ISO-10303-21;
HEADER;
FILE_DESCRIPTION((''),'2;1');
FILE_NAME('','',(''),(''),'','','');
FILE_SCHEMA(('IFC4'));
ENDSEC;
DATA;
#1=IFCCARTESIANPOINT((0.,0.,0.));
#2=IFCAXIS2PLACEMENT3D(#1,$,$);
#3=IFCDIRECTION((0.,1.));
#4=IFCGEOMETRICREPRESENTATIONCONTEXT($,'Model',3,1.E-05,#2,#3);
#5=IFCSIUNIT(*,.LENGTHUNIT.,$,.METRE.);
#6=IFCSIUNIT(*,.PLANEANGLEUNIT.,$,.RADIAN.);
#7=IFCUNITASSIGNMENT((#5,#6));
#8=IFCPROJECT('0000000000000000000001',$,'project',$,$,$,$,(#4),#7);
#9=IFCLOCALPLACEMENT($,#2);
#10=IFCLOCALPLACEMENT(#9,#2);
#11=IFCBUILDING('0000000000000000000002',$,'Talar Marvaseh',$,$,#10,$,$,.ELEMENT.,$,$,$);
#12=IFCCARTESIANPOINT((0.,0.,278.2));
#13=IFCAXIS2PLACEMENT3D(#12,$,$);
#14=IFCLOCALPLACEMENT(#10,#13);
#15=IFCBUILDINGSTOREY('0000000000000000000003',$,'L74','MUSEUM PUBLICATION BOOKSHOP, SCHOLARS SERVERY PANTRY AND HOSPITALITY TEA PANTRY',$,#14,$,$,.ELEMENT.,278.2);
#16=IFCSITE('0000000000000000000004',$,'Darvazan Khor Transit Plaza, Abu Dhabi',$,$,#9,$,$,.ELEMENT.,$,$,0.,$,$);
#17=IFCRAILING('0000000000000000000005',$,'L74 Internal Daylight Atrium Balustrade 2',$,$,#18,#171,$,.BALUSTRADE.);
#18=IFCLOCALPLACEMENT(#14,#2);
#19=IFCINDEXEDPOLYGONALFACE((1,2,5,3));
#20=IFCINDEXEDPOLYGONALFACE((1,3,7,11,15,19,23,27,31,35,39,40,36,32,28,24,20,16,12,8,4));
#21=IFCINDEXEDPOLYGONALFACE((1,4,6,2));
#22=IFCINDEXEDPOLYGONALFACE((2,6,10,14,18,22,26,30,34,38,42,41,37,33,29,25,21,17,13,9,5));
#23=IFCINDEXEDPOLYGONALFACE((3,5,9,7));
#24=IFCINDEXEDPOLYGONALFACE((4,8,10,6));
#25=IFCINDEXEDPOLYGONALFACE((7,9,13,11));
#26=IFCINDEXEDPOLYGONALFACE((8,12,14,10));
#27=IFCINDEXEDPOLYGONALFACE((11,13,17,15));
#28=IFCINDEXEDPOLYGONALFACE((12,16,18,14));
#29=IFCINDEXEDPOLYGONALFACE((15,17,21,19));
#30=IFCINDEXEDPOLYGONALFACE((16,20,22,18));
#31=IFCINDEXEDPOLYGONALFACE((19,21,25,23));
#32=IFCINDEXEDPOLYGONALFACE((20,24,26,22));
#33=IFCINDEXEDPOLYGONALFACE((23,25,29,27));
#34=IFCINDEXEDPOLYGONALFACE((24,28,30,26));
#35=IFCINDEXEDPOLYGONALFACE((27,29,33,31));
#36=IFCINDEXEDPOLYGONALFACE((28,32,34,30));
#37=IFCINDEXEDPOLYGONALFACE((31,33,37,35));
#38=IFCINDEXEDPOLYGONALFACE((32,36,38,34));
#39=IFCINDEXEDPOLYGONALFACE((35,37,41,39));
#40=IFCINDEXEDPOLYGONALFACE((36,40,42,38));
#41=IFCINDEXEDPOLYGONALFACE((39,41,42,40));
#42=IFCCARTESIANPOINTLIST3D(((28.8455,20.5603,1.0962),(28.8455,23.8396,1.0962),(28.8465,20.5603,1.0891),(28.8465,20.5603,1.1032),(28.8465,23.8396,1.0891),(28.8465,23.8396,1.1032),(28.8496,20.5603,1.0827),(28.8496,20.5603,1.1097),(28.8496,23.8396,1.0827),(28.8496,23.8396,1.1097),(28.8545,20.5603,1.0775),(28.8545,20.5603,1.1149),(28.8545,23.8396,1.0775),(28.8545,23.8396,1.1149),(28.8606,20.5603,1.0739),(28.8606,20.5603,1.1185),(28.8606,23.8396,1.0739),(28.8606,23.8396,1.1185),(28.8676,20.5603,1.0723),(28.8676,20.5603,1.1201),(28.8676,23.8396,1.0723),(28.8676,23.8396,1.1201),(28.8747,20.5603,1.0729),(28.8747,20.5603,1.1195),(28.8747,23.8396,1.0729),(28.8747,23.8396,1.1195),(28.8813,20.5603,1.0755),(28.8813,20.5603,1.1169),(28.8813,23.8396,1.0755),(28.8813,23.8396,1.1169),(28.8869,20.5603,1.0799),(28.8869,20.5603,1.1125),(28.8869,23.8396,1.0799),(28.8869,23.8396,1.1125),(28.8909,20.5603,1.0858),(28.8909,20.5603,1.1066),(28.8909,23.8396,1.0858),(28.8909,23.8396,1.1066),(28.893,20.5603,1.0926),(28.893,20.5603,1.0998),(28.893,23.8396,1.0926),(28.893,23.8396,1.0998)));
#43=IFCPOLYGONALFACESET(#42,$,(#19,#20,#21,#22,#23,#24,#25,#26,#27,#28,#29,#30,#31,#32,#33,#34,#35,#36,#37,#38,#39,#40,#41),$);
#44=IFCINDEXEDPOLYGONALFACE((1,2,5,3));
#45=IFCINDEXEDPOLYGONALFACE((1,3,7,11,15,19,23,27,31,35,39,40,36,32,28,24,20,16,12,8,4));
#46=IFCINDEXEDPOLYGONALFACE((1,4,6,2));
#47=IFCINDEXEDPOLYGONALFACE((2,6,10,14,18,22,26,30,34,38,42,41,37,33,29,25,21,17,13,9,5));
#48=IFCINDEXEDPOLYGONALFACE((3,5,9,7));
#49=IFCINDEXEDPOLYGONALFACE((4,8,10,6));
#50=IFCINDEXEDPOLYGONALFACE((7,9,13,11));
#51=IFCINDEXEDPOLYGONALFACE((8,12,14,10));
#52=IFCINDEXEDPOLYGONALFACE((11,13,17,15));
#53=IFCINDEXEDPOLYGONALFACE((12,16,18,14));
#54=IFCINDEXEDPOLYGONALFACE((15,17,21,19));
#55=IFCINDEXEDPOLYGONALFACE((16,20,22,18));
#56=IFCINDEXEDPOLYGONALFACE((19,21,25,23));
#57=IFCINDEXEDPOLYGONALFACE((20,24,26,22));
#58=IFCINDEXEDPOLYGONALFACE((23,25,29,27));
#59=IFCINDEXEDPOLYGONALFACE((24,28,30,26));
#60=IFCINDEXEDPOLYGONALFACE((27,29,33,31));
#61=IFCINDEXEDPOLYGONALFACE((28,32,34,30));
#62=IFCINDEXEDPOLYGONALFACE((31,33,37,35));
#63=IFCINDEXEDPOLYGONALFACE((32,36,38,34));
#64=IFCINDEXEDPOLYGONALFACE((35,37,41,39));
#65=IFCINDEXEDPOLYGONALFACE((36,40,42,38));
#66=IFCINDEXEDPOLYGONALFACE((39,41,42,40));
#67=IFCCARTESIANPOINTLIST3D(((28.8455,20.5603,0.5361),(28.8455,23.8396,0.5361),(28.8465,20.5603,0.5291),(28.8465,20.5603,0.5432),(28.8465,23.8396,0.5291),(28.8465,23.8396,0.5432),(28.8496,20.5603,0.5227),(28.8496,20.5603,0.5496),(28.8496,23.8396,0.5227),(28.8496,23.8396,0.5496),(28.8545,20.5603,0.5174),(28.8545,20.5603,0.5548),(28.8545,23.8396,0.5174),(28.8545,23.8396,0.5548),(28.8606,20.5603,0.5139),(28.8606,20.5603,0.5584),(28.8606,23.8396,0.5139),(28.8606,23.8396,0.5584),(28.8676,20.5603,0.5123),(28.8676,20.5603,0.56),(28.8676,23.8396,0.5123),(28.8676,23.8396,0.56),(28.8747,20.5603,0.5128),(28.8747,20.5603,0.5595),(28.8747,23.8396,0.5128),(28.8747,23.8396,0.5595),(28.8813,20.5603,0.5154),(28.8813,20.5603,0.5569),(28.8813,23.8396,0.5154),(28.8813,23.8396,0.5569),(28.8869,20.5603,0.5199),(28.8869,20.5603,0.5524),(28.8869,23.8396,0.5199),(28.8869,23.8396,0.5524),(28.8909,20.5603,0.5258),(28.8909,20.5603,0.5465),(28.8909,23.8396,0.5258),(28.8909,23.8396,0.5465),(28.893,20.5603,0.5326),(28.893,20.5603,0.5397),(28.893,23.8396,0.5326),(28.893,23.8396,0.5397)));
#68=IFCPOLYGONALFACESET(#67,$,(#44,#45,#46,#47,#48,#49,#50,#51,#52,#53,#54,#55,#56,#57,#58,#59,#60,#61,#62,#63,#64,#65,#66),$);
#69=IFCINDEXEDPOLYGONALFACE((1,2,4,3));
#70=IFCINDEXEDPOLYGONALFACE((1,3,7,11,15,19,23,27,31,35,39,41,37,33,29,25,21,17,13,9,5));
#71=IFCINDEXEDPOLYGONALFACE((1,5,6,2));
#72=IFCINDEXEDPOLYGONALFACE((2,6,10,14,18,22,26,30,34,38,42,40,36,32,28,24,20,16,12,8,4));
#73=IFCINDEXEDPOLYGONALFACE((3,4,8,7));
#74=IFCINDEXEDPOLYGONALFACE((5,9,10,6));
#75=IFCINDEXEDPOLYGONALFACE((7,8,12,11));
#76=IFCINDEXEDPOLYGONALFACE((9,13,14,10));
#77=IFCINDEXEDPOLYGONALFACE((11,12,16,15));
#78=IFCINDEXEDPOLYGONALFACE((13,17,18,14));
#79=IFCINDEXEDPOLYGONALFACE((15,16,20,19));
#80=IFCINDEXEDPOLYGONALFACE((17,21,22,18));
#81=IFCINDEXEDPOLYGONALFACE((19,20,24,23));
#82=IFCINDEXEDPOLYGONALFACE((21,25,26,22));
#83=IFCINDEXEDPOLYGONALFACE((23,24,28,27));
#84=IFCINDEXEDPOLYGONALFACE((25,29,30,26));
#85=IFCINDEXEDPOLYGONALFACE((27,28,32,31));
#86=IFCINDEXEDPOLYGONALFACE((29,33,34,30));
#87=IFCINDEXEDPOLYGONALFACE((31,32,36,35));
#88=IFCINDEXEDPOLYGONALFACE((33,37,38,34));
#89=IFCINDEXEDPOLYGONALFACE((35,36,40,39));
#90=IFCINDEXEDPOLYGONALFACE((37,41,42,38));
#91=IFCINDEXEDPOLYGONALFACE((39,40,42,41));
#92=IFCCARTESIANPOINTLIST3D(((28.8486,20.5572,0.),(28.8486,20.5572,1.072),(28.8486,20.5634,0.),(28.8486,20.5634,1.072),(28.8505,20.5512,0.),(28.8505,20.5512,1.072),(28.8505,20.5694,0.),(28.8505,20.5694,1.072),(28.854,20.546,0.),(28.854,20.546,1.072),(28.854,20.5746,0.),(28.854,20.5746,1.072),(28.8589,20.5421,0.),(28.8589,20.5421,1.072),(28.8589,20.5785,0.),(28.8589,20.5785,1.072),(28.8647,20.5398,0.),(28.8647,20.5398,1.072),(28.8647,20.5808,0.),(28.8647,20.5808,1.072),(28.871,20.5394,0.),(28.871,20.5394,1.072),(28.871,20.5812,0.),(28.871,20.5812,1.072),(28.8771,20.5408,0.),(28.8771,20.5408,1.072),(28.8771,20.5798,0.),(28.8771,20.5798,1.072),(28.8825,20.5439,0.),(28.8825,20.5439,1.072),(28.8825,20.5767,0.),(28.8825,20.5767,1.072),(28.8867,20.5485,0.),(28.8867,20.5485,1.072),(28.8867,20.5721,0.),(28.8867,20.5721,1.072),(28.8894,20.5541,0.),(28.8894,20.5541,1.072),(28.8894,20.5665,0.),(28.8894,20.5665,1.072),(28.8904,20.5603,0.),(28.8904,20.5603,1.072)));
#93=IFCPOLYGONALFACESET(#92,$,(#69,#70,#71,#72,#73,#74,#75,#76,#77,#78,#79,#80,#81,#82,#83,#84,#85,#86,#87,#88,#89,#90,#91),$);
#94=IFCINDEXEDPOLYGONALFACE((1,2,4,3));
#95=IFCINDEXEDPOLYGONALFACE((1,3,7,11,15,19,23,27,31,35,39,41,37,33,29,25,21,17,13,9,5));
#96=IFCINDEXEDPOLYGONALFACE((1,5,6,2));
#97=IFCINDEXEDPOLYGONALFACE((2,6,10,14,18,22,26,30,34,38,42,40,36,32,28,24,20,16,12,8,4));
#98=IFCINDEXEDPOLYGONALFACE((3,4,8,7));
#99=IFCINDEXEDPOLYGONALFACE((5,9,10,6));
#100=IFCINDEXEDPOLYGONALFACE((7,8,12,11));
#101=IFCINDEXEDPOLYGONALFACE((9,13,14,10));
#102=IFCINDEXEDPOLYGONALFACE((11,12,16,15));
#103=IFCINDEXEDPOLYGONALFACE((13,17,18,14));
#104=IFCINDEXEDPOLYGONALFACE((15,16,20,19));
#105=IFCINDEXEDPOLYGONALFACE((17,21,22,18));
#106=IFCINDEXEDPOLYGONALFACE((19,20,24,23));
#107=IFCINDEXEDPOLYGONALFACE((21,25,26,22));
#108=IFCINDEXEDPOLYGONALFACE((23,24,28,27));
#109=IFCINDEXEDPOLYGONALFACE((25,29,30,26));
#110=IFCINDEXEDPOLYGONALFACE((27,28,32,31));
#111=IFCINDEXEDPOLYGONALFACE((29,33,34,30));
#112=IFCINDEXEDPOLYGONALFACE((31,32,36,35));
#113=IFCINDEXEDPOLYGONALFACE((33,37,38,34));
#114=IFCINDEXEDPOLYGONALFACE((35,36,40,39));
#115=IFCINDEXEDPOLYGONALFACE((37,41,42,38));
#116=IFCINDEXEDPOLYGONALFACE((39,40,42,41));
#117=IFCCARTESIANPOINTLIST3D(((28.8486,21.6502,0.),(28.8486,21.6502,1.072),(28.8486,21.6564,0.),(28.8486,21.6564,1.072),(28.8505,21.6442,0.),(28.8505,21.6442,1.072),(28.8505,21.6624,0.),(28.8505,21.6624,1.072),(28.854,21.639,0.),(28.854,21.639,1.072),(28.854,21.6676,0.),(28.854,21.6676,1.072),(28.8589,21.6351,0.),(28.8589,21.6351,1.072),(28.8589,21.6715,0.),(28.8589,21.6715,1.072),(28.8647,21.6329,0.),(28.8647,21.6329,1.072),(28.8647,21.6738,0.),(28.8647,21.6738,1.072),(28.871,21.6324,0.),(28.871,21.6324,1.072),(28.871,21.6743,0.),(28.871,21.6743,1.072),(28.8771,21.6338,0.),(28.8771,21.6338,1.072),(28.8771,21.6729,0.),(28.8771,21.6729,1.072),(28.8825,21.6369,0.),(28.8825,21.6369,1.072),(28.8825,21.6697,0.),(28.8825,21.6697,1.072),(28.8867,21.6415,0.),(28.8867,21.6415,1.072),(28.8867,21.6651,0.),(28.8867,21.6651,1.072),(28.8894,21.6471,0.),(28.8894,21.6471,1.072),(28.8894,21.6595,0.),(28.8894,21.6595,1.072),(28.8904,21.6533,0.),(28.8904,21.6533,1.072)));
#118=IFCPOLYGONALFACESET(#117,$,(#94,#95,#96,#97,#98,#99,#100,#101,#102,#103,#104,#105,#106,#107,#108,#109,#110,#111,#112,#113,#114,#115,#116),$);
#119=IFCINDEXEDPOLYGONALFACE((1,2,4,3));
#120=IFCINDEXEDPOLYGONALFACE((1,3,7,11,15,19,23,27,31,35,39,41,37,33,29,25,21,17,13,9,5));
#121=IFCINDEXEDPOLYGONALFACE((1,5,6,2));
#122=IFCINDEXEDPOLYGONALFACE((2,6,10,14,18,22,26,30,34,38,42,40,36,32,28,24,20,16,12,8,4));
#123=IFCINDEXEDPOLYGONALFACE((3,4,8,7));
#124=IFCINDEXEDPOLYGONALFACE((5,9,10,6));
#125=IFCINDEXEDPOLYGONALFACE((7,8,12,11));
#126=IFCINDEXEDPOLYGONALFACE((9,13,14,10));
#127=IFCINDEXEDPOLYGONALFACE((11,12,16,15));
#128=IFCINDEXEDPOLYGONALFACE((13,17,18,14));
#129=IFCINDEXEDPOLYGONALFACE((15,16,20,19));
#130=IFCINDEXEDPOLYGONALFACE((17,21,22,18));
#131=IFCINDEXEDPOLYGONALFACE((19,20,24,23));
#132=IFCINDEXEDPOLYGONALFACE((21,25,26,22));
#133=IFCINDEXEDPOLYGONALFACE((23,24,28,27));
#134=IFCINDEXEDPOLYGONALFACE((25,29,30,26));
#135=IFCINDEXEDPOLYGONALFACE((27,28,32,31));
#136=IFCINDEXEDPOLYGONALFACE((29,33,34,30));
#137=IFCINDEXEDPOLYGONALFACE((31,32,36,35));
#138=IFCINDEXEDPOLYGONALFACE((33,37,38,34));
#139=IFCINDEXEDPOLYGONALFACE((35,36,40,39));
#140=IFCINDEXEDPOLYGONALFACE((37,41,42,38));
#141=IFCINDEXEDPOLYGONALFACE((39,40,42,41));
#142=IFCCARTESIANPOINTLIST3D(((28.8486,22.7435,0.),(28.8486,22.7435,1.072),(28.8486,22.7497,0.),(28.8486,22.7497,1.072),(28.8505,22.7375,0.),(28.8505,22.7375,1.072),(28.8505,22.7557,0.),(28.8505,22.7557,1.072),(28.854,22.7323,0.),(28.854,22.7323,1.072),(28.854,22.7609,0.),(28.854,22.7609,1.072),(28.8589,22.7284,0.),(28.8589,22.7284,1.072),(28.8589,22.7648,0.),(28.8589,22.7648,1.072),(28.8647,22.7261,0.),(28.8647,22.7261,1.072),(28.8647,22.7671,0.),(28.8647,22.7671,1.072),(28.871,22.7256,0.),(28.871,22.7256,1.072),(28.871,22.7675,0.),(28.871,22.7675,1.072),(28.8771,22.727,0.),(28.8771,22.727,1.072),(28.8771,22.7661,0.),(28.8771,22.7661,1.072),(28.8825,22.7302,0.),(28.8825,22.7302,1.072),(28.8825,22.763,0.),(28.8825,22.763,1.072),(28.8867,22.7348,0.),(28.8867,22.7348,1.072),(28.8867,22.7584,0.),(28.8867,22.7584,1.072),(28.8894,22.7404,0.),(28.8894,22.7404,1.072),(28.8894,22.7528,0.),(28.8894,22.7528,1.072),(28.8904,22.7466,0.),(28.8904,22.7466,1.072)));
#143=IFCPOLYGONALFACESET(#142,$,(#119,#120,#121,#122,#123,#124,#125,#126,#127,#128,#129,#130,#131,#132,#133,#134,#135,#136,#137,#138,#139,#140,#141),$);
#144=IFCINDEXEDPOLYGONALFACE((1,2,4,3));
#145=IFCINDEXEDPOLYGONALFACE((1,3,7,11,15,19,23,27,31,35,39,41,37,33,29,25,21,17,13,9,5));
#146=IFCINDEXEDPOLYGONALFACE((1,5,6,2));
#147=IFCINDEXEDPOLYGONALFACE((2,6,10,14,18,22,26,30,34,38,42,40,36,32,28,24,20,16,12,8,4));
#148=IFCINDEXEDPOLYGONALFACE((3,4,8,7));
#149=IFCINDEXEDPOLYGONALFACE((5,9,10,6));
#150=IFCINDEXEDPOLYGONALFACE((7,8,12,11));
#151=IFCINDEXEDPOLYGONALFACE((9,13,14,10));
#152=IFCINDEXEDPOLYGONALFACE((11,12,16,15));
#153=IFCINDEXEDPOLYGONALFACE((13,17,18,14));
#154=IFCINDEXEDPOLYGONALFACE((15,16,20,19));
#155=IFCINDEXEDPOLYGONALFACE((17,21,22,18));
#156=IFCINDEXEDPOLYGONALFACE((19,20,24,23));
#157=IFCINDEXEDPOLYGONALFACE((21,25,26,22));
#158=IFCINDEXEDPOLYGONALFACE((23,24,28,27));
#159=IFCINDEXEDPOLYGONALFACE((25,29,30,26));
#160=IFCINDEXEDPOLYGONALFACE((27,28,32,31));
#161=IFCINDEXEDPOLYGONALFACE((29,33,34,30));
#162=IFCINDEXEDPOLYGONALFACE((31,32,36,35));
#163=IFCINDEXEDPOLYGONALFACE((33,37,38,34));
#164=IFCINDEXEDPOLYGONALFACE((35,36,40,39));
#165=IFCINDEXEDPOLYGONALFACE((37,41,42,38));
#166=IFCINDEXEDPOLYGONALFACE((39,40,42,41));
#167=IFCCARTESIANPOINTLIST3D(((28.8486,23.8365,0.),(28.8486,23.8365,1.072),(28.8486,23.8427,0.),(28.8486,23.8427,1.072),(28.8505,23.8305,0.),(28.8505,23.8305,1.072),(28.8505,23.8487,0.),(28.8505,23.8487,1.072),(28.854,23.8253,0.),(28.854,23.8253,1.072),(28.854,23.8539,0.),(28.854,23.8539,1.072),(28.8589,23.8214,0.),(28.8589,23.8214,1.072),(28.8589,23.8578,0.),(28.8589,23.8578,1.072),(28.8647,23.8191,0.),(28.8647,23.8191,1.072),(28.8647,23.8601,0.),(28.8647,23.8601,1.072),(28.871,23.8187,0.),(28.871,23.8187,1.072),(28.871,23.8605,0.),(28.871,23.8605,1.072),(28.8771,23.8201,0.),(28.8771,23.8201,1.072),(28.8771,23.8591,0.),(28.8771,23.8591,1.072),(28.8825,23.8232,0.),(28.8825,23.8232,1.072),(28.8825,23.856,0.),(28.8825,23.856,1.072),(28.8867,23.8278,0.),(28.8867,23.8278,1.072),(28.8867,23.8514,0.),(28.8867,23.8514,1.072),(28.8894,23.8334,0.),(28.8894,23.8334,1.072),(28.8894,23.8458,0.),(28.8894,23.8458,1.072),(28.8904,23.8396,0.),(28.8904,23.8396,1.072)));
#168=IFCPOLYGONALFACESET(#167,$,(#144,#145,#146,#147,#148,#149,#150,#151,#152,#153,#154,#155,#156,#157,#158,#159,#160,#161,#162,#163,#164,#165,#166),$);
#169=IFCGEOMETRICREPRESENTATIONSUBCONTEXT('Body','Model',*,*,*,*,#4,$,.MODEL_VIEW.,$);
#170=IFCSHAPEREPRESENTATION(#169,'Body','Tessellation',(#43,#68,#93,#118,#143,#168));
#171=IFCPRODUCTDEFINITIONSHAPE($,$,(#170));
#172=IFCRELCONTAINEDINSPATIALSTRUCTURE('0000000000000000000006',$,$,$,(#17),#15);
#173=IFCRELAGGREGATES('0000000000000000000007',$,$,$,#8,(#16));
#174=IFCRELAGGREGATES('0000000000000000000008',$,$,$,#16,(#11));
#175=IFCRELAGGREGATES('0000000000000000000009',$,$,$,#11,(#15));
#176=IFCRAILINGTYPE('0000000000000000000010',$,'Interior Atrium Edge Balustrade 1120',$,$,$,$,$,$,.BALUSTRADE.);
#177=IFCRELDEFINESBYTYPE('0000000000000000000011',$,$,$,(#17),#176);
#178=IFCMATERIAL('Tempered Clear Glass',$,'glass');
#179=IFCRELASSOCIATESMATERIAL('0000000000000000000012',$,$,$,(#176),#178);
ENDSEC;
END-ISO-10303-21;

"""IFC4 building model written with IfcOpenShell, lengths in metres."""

from ifc_helpers import new_model, si_unit, direction, frame, origin, origin_2d, place, context, subcontext, project, spatial, circle, extrude, material, type_object, element, save


model = new_model("IFC4")

# Units and contexts
model_context = context("Model", 3, precision=1e-05, world=origin(), true_north=direction((0.0, 1.0)))
body_context = subcontext(model_context, "Body", "Model", "MODEL_VIEW")
ifc_project = project(units=[si_unit("LENGTHUNIT", "METRE"), si_unit("PLANEANGLEUNIT", "RADIAN")], contexts=[model_context])

# Site, building, storey
site_placement = place(None, origin())
site = spatial("IfcSite", under=ifc_project, at=site_placement, Name="Darvazan Khor Transit Plaza, Abu Dhabi", CompositionType="ELEMENT", RefElevation=0.0)
building_placement = place(site_placement, origin())
building = spatial("IfcBuilding", under=site, at=building_placement, Name="Talar Marvaseh", CompositionType="ELEMENT")
storey_placement = place(building_placement, frame((0.0, 0.0, 278.2)))
storey = spatial("IfcBuildingStorey", under=building, at=storey_placement, Name="L74", Description="MUSEUM PUBLICATION BOOKSHOP, SCHOLARS SERVERY PANTRY AND HOSPITALITY TEA PANTRY", CompositionType="ELEMENT", Elevation=278.2)

# Railing
ifc_material_1 = material(Name="Tempered Clear Glass", Category="glass")
railing_type = type_object("IfcRailingType", Name="Interior Atrium Edge Balustrade 1120", PredefinedType="BALUSTRADE", material=ifc_material_1)
railing_1_placement = place(storey_placement, frame((28.8694, 20.5603, 0.0)))
element("IfcRailing", 1, at=railing_1_placement, inside=storey, type_object=railing_type, Name="L74 Internal Daylight Atrium Balustrade 2", PredefinedType="BALUSTRADE", context=body_context, shape_type="SweptSolid", body=[
    extrude(circle(Radius=0.0239, at=origin_2d()), frame((0.0, 0.0, 1.0962), z_axis=(0.0, 1.0, 0.0), x_axis=(-1.0, 0.0, 0.0)), (0.0, 0.0, 1.0), 3.2793),
    extrude(circle(Radius=0.0239, at=origin_2d()), frame((0.0, 0.0, 0.5361), z_axis=(0.0, 1.0, 0.0), x_axis=(-1.0, 0.0, 0.0)), (0.0, 0.0, 1.0), 3.2793),
    extrude(circle(Radius=0.021, at=origin_2d()), origin(), (0.0, 0.0, 1.0), 1.072),
    extrude(circle(Radius=0.021, at=origin_2d()), frame((0.0, 1.093, 0.0)), (0.0, 0.0, 1.0), 1.072),
    extrude(circle(Radius=0.021, at=origin_2d()), frame((0.0, 2.1863, 0.0)), (0.0, 0.0, 1.0), 1.072),
    extrude(circle(Radius=0.021, at=origin_2d()), frame((0.0, 3.2793, 0.0)), (0.0, 0.0, 1.0), 1.072),
])

save(model, "model.ifc")
